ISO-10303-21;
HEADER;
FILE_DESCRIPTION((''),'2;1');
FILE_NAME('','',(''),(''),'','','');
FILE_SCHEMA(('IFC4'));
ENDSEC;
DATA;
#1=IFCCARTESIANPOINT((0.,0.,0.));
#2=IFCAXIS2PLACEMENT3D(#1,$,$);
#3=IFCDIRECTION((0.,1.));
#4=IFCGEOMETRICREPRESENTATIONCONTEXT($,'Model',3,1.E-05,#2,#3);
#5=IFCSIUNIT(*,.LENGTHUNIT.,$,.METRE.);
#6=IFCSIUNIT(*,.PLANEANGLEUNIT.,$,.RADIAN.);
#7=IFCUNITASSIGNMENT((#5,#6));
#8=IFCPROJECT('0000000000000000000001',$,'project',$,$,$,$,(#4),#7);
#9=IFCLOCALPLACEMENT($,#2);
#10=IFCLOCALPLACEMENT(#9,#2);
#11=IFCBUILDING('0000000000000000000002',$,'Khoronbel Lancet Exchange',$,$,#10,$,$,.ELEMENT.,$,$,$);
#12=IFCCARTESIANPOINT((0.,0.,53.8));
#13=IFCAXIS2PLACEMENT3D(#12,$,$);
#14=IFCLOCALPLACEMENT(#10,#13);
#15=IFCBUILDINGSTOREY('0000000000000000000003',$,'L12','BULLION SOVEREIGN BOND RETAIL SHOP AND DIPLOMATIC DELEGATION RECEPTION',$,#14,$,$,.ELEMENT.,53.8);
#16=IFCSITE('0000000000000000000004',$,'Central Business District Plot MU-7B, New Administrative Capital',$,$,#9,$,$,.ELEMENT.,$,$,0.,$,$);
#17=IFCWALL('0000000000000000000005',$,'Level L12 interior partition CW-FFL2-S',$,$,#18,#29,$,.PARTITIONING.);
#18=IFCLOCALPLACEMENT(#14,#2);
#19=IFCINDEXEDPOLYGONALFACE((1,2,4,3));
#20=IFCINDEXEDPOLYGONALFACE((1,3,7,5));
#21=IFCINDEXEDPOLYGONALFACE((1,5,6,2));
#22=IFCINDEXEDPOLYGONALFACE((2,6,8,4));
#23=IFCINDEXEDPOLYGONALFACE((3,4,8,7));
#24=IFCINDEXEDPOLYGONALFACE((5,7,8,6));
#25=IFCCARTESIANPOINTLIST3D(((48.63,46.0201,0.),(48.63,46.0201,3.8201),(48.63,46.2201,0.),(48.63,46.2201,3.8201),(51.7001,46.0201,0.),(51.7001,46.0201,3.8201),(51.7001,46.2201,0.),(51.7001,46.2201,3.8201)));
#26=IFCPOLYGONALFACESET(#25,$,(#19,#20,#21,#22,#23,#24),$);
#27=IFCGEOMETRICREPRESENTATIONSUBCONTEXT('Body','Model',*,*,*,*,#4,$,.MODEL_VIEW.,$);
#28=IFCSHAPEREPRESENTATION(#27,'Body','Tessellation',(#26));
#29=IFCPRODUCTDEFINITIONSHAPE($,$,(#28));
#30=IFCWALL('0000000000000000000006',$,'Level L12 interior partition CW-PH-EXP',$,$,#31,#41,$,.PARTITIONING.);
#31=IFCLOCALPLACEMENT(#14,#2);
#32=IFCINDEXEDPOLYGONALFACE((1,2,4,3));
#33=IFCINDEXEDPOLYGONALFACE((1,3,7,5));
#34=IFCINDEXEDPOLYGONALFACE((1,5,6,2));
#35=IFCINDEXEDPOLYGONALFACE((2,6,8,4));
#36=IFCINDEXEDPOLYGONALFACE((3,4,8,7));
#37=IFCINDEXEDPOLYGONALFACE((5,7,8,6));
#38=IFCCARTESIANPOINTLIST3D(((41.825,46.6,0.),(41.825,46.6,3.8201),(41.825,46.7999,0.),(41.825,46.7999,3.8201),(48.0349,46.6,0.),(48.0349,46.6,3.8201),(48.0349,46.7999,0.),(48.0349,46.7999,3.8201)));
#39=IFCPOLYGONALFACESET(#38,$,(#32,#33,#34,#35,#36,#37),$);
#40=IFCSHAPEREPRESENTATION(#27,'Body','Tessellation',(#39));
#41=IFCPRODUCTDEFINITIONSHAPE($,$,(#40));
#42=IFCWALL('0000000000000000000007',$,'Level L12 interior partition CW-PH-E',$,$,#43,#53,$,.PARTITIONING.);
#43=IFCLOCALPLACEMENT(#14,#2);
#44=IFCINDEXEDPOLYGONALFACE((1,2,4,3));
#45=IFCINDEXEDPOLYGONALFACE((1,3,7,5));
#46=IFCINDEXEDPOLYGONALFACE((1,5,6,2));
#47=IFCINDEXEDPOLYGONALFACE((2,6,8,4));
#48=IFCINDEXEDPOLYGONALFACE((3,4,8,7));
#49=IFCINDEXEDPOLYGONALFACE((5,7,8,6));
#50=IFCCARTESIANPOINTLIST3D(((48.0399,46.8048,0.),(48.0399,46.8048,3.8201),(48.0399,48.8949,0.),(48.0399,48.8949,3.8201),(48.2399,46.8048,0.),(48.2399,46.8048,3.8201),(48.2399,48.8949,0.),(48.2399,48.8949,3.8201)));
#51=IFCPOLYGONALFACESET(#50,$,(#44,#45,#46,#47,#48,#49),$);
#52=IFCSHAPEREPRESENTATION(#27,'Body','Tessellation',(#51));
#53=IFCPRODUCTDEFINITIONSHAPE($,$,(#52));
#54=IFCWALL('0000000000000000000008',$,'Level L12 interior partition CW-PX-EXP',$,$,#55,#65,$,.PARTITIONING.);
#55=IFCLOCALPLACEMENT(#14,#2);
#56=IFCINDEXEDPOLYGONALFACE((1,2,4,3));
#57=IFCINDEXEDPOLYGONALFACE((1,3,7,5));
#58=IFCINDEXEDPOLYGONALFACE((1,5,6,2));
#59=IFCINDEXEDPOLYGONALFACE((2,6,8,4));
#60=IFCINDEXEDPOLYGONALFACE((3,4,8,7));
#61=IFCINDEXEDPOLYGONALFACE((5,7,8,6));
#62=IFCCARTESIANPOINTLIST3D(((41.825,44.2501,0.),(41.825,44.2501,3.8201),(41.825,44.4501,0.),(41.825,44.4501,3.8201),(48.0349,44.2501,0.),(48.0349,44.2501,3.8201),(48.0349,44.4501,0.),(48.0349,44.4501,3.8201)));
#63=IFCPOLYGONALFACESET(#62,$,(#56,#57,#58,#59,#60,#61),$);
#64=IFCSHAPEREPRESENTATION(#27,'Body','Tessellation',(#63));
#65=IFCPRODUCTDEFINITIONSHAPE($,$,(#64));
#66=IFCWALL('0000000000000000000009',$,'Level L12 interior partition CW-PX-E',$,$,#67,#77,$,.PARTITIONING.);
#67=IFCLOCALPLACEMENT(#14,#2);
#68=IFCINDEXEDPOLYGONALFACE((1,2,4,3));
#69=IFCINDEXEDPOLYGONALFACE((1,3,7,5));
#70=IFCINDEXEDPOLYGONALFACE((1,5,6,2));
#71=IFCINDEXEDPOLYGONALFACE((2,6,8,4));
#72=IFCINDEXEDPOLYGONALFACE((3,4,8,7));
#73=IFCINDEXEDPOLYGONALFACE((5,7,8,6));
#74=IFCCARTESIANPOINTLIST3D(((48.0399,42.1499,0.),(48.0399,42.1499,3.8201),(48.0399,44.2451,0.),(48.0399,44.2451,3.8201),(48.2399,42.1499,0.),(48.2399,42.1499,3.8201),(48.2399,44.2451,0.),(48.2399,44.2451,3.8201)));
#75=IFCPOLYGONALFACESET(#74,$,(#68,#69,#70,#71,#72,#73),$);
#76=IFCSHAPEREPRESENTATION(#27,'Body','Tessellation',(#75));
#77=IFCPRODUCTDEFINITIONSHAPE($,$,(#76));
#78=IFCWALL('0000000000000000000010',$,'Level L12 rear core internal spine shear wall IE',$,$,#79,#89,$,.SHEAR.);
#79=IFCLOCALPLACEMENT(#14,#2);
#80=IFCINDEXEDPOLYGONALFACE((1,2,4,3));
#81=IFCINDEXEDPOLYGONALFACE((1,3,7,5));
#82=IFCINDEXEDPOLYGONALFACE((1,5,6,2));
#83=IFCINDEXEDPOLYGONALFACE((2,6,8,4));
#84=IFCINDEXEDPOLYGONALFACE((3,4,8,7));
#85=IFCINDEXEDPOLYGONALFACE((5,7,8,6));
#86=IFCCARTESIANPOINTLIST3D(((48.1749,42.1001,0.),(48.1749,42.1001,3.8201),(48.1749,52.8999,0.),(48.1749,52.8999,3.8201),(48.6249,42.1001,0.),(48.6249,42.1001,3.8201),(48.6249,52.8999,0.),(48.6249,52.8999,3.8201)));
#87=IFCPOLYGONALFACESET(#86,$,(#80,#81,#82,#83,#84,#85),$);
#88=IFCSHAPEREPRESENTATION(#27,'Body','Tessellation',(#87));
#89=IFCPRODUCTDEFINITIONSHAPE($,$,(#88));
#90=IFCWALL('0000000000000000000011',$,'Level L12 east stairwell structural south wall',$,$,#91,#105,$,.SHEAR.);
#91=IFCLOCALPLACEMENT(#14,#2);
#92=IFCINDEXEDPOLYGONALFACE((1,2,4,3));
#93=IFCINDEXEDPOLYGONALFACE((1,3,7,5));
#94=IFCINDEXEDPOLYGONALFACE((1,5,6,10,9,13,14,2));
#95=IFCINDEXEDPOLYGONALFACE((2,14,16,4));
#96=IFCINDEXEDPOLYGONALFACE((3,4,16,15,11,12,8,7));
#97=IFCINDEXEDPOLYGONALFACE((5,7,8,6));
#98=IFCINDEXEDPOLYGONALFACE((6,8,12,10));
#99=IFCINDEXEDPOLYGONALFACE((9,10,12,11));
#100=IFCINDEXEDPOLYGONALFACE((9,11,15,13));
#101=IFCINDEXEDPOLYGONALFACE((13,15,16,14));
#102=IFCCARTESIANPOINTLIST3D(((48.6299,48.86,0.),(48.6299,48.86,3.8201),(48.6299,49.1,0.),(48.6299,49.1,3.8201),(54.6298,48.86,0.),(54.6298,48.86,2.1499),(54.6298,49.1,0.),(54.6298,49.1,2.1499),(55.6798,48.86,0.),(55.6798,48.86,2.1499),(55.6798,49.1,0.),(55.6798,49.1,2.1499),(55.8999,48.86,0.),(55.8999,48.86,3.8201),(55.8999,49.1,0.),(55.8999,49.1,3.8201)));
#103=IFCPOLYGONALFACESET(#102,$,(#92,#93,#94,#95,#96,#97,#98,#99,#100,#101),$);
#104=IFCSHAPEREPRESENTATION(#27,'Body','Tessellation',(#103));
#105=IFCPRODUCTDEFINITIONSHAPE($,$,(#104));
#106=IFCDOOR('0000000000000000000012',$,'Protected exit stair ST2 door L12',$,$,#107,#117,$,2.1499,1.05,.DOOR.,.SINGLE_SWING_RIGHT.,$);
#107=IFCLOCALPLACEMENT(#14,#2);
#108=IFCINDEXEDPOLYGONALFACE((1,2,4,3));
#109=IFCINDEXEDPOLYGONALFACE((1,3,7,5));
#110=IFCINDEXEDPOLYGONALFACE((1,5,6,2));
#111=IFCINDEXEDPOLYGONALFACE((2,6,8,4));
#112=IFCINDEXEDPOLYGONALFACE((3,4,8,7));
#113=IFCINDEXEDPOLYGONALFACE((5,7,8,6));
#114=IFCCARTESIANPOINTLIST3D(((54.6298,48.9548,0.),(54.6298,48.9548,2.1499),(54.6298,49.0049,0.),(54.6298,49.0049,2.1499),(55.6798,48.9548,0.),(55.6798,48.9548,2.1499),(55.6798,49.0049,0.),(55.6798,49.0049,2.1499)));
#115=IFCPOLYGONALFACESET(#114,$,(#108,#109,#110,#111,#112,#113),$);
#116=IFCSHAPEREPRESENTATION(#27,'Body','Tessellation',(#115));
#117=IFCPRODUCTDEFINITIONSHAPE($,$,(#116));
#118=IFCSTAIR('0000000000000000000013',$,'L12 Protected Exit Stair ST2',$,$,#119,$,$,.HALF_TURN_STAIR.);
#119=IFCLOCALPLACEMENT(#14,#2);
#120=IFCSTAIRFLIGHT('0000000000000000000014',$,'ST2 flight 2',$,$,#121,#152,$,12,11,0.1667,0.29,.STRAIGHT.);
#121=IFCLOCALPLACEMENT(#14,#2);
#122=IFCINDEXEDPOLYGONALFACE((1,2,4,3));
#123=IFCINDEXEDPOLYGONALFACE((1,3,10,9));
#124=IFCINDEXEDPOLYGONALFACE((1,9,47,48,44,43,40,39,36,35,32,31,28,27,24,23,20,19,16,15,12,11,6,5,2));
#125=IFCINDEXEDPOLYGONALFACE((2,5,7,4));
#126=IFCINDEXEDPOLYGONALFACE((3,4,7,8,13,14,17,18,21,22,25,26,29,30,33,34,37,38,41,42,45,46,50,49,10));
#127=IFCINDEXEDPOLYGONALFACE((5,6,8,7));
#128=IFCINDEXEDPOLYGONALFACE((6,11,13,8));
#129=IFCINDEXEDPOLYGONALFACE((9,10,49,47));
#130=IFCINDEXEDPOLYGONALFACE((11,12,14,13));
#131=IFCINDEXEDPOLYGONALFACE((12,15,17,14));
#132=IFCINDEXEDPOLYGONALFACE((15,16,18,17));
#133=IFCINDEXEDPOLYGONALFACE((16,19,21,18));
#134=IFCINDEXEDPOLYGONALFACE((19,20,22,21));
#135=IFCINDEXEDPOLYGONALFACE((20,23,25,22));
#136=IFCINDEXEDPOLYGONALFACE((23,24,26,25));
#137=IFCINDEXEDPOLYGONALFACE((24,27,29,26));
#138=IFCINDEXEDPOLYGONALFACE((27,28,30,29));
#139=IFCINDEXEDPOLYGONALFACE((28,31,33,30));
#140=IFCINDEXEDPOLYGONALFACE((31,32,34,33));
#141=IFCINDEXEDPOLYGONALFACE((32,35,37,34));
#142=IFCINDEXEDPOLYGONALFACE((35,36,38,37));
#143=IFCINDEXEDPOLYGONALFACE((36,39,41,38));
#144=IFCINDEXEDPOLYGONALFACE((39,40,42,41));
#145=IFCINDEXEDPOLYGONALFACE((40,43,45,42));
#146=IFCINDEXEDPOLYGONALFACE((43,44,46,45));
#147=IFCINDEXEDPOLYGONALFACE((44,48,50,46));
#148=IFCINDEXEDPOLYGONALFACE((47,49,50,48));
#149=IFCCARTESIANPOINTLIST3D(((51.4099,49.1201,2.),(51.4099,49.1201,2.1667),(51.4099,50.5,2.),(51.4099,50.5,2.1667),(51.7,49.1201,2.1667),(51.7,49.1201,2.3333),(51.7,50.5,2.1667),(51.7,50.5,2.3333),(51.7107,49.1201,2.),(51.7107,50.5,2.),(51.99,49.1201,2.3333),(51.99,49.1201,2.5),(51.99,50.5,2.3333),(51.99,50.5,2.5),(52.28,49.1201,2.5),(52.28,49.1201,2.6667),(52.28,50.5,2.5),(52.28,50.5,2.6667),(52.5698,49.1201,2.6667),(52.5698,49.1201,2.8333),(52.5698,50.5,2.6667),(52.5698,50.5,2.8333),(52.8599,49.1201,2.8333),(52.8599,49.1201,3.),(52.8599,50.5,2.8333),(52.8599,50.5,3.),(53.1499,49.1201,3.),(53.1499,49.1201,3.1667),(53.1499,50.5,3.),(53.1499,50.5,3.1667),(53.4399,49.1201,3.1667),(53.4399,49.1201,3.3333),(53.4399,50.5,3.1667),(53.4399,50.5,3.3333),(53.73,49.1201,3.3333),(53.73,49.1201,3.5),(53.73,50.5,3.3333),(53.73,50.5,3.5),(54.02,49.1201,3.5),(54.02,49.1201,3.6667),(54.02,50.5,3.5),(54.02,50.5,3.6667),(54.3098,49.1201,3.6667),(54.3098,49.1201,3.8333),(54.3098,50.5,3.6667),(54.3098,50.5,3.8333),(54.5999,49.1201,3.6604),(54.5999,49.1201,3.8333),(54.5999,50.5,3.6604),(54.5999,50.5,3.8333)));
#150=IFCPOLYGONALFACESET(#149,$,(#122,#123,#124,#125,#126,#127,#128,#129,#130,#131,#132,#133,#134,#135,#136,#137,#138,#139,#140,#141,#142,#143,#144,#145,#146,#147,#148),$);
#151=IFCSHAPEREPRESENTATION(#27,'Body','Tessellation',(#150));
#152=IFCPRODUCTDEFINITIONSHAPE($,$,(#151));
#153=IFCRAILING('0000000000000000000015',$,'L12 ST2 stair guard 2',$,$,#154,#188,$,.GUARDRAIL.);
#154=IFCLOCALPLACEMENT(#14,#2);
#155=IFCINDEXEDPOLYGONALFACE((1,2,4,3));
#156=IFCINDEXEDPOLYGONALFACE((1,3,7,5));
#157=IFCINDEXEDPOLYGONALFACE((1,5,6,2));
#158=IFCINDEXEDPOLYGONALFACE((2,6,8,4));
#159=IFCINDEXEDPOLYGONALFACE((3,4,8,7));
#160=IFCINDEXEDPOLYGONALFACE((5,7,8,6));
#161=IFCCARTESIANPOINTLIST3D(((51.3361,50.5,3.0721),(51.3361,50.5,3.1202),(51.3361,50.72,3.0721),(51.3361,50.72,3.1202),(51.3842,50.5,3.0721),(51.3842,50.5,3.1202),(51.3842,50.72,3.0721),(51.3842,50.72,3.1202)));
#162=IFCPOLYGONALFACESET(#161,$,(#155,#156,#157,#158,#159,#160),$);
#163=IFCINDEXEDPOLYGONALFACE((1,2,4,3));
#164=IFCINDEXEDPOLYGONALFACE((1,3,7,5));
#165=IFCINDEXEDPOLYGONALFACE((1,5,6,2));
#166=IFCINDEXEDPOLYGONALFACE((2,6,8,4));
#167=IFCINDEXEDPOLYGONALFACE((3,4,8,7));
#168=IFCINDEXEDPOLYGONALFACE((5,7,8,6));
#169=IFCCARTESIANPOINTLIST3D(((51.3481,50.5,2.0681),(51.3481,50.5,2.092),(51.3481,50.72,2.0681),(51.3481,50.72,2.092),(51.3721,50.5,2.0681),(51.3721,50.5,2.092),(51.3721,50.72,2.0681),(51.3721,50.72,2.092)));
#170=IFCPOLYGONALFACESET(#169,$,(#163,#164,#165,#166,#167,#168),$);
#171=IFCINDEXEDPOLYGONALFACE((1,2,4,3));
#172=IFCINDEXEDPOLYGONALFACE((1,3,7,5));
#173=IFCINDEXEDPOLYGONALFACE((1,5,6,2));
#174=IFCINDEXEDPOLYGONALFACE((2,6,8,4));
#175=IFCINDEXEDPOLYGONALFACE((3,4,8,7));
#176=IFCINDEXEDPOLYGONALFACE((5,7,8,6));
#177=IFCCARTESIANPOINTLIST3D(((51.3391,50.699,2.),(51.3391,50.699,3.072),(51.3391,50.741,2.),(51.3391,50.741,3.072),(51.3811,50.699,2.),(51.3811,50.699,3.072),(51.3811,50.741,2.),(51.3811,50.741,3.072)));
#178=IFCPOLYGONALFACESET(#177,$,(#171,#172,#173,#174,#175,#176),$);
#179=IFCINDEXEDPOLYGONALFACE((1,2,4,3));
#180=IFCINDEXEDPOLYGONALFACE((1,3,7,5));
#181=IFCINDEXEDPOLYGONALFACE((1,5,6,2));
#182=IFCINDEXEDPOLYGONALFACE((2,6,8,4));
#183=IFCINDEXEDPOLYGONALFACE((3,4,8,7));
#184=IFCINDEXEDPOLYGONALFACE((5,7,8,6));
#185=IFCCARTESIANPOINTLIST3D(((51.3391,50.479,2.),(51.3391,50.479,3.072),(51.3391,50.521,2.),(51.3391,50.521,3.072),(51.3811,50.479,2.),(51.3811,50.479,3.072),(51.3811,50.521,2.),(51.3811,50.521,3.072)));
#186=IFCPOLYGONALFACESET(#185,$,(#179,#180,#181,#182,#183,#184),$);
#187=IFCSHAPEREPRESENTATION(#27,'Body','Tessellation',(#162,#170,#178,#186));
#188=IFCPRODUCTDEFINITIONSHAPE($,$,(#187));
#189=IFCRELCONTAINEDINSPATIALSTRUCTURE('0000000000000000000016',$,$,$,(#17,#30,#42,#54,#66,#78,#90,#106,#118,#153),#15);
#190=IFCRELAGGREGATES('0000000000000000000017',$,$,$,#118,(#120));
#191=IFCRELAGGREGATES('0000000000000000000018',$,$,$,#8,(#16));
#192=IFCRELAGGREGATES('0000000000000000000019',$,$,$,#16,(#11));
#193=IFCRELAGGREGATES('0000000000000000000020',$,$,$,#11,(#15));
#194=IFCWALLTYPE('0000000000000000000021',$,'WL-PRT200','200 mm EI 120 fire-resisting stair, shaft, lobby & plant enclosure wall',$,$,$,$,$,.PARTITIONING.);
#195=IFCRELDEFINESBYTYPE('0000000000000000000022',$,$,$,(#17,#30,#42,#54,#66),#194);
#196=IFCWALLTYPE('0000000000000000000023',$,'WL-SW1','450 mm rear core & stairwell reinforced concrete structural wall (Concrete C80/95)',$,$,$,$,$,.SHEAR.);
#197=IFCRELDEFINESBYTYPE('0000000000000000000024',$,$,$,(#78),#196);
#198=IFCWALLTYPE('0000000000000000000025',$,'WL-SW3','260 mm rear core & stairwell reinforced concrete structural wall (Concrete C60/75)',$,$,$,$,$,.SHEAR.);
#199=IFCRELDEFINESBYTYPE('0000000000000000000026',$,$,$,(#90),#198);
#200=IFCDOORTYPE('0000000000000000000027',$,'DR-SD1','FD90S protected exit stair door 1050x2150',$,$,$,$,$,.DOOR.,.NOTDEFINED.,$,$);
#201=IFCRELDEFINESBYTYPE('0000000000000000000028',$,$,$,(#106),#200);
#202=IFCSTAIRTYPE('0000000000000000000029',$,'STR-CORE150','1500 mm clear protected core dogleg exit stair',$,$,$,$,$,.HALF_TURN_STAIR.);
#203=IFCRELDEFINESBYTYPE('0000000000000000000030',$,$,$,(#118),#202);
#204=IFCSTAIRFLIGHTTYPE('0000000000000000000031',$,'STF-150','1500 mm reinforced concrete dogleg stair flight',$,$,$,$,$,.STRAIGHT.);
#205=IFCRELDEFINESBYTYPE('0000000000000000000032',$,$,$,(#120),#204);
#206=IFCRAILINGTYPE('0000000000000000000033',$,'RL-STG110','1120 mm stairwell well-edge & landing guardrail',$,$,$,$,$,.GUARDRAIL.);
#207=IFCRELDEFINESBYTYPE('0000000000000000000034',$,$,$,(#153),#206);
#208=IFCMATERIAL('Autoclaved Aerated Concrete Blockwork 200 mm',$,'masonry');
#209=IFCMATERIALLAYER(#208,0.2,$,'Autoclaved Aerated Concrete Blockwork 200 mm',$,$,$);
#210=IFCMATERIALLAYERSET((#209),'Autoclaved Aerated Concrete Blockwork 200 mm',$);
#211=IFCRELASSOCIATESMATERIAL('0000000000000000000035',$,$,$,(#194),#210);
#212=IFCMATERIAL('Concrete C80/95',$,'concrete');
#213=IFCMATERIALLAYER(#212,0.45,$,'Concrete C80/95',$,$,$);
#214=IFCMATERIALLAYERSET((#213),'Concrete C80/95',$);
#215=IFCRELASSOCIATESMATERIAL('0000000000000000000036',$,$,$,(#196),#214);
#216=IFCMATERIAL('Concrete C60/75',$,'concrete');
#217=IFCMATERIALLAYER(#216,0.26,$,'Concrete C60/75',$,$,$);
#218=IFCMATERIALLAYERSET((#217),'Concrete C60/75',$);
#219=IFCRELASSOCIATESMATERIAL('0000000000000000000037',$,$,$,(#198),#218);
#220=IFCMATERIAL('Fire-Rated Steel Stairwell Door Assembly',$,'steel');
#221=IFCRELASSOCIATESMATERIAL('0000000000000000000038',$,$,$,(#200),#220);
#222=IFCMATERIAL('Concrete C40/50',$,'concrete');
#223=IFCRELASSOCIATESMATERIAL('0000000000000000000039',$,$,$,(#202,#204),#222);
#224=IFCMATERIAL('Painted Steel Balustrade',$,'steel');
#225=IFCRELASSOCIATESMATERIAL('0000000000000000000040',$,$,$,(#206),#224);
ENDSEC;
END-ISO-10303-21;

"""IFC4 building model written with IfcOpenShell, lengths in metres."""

from ifc_helpers import new_model, si_unit, direction, frame, frame_2d, origin, origin_2d, place, context, subcontext, project, spatial, polyline, rectangle, outline, extrude, material, layer, layer_set, type_object, element, fill, aggregate, save


model = new_model("IFC4")

# Units and contexts
model_context = context("Model", 3, precision=1e-05, world=origin(), true_north=direction((0.0, 1.0)))
body_context = subcontext(model_context, "Body", "Model", "MODEL_VIEW")
ifc_project = project(units=[si_unit("LENGTHUNIT", "METRE"), si_unit("PLANEANGLEUNIT", "RADIAN")], contexts=[model_context])

# Site, building, storey
site_placement = place(None, origin())
site = spatial("IfcSite", under=ifc_project, at=site_placement, Name="Central Business District Plot MU-7B, New Administrative Capital", CompositionType="ELEMENT", RefElevation=0.0)
building_placement = place(site_placement, origin())
building = spatial("IfcBuilding", under=site, at=building_placement, Name="Khoronbel Lancet Exchange", CompositionType="ELEMENT")
storey_placement = place(building_placement, frame((0.0, 0.0, 53.8)))
storey = spatial("IfcBuildingStorey", under=building, at=storey_placement, Name="L12", Description="BULLION SOVEREIGN BOND RETAIL SHOP AND DIPLOMATIC DELEGATION RECEPTION", CompositionType="ELEMENT", Elevation=53.8)

# Walls
ifc_material_1 = material(Name="Autoclaved Aerated Concrete Blockwork 200 mm", Category="masonry")
ifc_layer_1 = layer(ifc_material_1, 0.2, Name="Autoclaved Aerated Concrete Blockwork 200 mm")
ifc_layer_set_1 = layer_set([ifc_layer_1], Name="Autoclaved Aerated Concrete Blockwork 200 mm")
wall_type_1 = type_object("IfcWallType", Name="WL-PRT200", Description="200 mm EI 120 fire-resisting stair, shaft, lobby & plant enclosure wall", PredefinedType="PARTITIONING", material=ifc_layer_set_1)
wall_1_placement = place(storey_placement, frame((48.6299, 46.1201, 0.0), z_axis=(0.0, 0.0, 1.0), x_axis=(1.0, 0.0, 0.0)))
element("IfcWall", 1, at=wall_1_placement, inside=storey, type_object=wall_type_1, Name="Level L12 interior partition CW-FFL2-S", PredefinedType="PARTITIONING", context=body_context, shape_type="SweptSolid", body=[
    extrude(rectangle(XDim=3.0701, YDim=0.2, at=frame_2d((1.5352, 0.0))), origin(), (0.0, 0.0, 1.0), 3.8201),
])
wall_2_placement = place(storey_placement, frame((41.825, 46.7, 0.0), z_axis=(0.0, 0.0, 1.0), x_axis=(1.0, 0.0, 0.0)))
element("IfcWall", 2, at=wall_2_placement, inside=storey, type_object=wall_type_1, Name="Level L12 interior partition CW-PH-EXP", PredefinedType="PARTITIONING", context=body_context, shape_type="SweptSolid", body=[
    extrude(rectangle(XDim=6.21, YDim=0.2, at=frame_2d((3.105, 0.0))), origin(), (0.0, 0.0, 1.0), 3.8201),
])
wall_3_placement = place(storey_placement, frame((48.1399, 46.8049, 0.0), z_axis=(0.0, 0.0, 1.0), x_axis=(0.0, 1.0, 0.0)))
element("IfcWall", 3, at=wall_3_placement, inside=storey, type_object=wall_type_1, Name="Level L12 interior partition CW-PH-E", PredefinedType="PARTITIONING", context=body_context, shape_type="SweptSolid", body=[
    extrude(rectangle(XDim=2.0901, YDim=0.2, at=frame_2d((1.0449, 0.0))), origin(), (0.0, 0.0, 1.0), 3.8201),
])
wall_4_placement = place(storey_placement, frame((41.825, 44.3501, 0.0), z_axis=(0.0, 0.0, 1.0), x_axis=(1.0, 0.0, 0.0)))
element("IfcWall", 4, at=wall_4_placement, inside=storey, type_object=wall_type_1, Name="Level L12 interior partition CW-PX-EXP", PredefinedType="PARTITIONING", context=body_context, shape_type="SweptSolid", body=[
    extrude(rectangle(XDim=6.21, YDim=0.2, at=frame_2d((3.105, 0.0))), origin(), (0.0, 0.0, 1.0), 3.8201),
])
wall_5_placement = place(storey_placement, frame((48.1399, 42.1499, 0.0), z_axis=(0.0, 0.0, 1.0), x_axis=(0.0, 1.0, 0.0)))
element("IfcWall", 5, at=wall_5_placement, inside=storey, type_object=wall_type_1, Name="Level L12 interior partition CW-PX-E", PredefinedType="PARTITIONING", context=body_context, shape_type="SweptSolid", body=[
    extrude(rectangle(XDim=2.0952, YDim=0.2, at=frame_2d((1.0476, 0.0))), origin(), (0.0, 0.0, 1.0), 3.8201),
])
ifc_material_2 = material(Name="Concrete C80/95", Category="concrete")
ifc_layer_2 = layer(ifc_material_2, 0.45, Name="Concrete C80/95")
ifc_layer_set_2 = layer_set([ifc_layer_2], Name="Concrete C80/95")
wall_type_2 = type_object("IfcWallType", Name="WL-SW1", Description="450 mm rear core & stairwell reinforced concrete structural wall (Concrete C80/95)", PredefinedType="SHEAR", material=ifc_layer_set_2)
wall_6_placement = place(storey_placement, frame((48.3999, 42.1001, 0.0), z_axis=(0.0, 0.0, 1.0), x_axis=(0.0, 1.0, 0.0)))
element("IfcWall", 6, at=wall_6_placement, inside=storey, type_object=wall_type_2, Name="Level L12 rear core internal spine shear wall IE", PredefinedType="SHEAR", context=body_context, shape_type="SweptSolid", body=[
    extrude(rectangle(XDim=10.7998, YDim=0.45, at=frame_2d((5.3999, 0.0))), origin(), (0.0, 0.0, 1.0), 3.8201),
])

# Wall, opening, door
ifc_material_3 = material(Name="Concrete C60/75", Category="concrete")
ifc_layer_3 = layer(ifc_material_3, 0.26, Name="Concrete C60/75")
ifc_layer_set_3 = layer_set([ifc_layer_3], Name="Concrete C60/75")
wall_type_3 = type_object("IfcWallType", Name="WL-SW3", Description="260 mm rear core & stairwell reinforced concrete structural wall (Concrete C60/75)", PredefinedType="SHEAR", material=ifc_layer_set_3)
wall_7_placement = place(storey_placement, frame((48.6299, 48.98, 0.0), z_axis=(0.0, 0.0, 1.0), x_axis=(1.0, 0.0, 0.0)))
wall_7 = element("IfcWall", 7, at=wall_7_placement, inside=storey, type_object=wall_type_3, Name="Level L12 east stairwell structural south wall", PredefinedType="SHEAR", context=body_context, shape_type="SweptSolid", body=[
    extrude(rectangle(XDim=7.27, YDim=0.24, at=frame_2d((3.635, 0.0))), origin(), (0.0, 0.0, 1.0), 3.8201),
])
opening_placement = place(wall_7_placement, frame((6.0, 0.0, 0.0)))
opening = element("IfcOpeningElement", 8, at=opening_placement, cuts=wall_7, PredefinedType="OPENING", context=body_context, shape_type="SweptSolid", body=[
    extrude(rectangle(XDim=1.05, YDim=2.1499, at=frame_2d((0.5249, 1.075))), frame((0.0, 0.1299, 0.0), z_axis=(0.0, -1.0, 0.0), x_axis=(1.0, 0.0, 0.0)), (0.0, 0.0, 1.0), 0.26),
])
ifc_material_4 = material(Name="Fire-Rated Steel Stairwell Door Assembly", Category="steel")
door_type = type_object("IfcDoorType", Name="DR-SD1", Description="FD90S protected exit stair door 1050x2150", OperationType="NOTDEFINED", PredefinedType="DOOR", material=ifc_material_4)
door_placement = place(opening_placement, origin())
door = element("IfcDoor", 9, at=door_placement, inside=storey, type_object=door_type, Name="Protected exit stair ST2 door L12", OperationType="SINGLE_SWING_RIGHT", OverallHeight=2.1499, OverallWidth=1.05, PredefinedType="DOOR", context=body_context, shape_type="SweptSolid", body=[
    extrude(rectangle(XDim=1.05, YDim=2.1499, at=frame_2d((0.5249, 1.075))), frame((0.0, 0.0249, 0.0), z_axis=(0.0, -1.0, 0.0), x_axis=(1.0, 0.0, 0.0)), (0.0, 0.0, 1.0), 0.05),
])
fill(opening, door)

# Stair, stair flight
ifc_material_5 = material(Name="Concrete C40/50", Category="concrete")
stair_type = type_object("IfcStairType", Name="STR-CORE150", Description="1500 mm clear protected core dogleg exit stair", PredefinedType="HALF_TURN_STAIR", material=ifc_material_5)
stair_placement = place(storey_placement, origin())
stair = element("IfcStair", 10, at=stair_placement, inside=storey, type_object=stair_type, Name="L12 Protected Exit Stair ST2", PredefinedType="HALF_TURN_STAIR")
stair_flight_type = type_object("IfcStairFlightType", Name="STF-150", Description="1500 mm reinforced concrete dogleg stair flight", PredefinedType="STRAIGHT", material=ifc_material_5)
stair_flight_placement = place(storey_placement, frame((51.4099, 49.8101, 2.0), z_axis=(0.0, 0.0, 1.0), x_axis=(1.0, 0.0, 0.0)))
stair_flight = element("IfcStairFlight", 11, at=stair_flight_placement, type_object=stair_flight_type, Name="ST2 flight 2", NumberOfRisers=12, NumberOfTreads=11, PredefinedType="STRAIGHT", RiserHeight=0.1667, TreadLength=0.29, context=body_context, shape_type="SweptSolid", body=[
    extrude(outline(polyline([(0.0, 0.0), (0.0, 0.1667), (0.29, 0.1667), (0.29, 0.3333), (0.5801, 0.3333), (0.5801, 0.5), (0.8701, 0.5), (0.8701, 0.6667), (1.1599, 0.6667), (1.1599, 0.8333), (1.45, 0.8333), (1.45, 1.0), (1.74, 1.0), (1.74, 1.1667), (2.03, 1.1667), (2.03, 1.3333), (2.3201, 1.3333), (2.3201, 1.5), (2.6101, 1.5), (2.6101, 1.6667), (2.8999, 1.6667), (2.8999, 1.8333), (3.1899, 1.8333), (3.1899, 2.0), (3.1899, 1.6604), (0.3008, 0.0), (0.0, 0.0)])), frame((0.0, 0.6899, 0.0), z_axis=(0.0, -1.0, 0.0), x_axis=(1.0, 0.0, 0.0)), (0.0, 0.0, 1.0), 1.3799),
])
aggregate(stair, [stair_flight])

# Railing
ifc_material_6 = material(Name="Painted Steel Balustrade", Category="steel")
railing_type_1 = type_object("IfcRailingType", Name="RL-STG110", Description="1120 mm stairwell well-edge & landing guardrail", PredefinedType="GUARDRAIL", material=ifc_material_6)
railing_1_placement = place(storey_placement, frame((51.3601, 50.72, 2.0)))
element("IfcRailing", 12, at=railing_1_placement, inside=storey, type_object=railing_type_1, Name="L12 ST2 stair guard 2", PredefinedType="GUARDRAIL", context=body_context, shape_type="SweptSolid", body=[
    extrude(rectangle(XDim=0.0481, YDim=0.0481, at=origin_2d()), frame((0.0, 0.0, 1.0962), z_axis=(0.0, -1.0, 0.0), x_axis=(1.0, 0.0, 0.0)), (0.0, 0.0, 1.0), 0.22),
    extrude(rectangle(XDim=0.0239, YDim=0.0239, at=origin_2d()), frame((0.0, 0.0, 0.0801), z_axis=(0.0, -1.0, 0.0), x_axis=(1.0, 0.0, 0.0)), (0.0, 0.0, 1.0), 0.22),
    extrude(rectangle(XDim=0.042, YDim=0.042, at=origin_2d()), origin(), (0.0, 0.0, 1.0), 1.072),
    extrude(rectangle(XDim=0.042, YDim=0.042, at=origin_2d()), frame((0.0, -0.22, 0.0)), (0.0, 0.0, 1.0), 1.072),
])

save(model, "model.ifc")
